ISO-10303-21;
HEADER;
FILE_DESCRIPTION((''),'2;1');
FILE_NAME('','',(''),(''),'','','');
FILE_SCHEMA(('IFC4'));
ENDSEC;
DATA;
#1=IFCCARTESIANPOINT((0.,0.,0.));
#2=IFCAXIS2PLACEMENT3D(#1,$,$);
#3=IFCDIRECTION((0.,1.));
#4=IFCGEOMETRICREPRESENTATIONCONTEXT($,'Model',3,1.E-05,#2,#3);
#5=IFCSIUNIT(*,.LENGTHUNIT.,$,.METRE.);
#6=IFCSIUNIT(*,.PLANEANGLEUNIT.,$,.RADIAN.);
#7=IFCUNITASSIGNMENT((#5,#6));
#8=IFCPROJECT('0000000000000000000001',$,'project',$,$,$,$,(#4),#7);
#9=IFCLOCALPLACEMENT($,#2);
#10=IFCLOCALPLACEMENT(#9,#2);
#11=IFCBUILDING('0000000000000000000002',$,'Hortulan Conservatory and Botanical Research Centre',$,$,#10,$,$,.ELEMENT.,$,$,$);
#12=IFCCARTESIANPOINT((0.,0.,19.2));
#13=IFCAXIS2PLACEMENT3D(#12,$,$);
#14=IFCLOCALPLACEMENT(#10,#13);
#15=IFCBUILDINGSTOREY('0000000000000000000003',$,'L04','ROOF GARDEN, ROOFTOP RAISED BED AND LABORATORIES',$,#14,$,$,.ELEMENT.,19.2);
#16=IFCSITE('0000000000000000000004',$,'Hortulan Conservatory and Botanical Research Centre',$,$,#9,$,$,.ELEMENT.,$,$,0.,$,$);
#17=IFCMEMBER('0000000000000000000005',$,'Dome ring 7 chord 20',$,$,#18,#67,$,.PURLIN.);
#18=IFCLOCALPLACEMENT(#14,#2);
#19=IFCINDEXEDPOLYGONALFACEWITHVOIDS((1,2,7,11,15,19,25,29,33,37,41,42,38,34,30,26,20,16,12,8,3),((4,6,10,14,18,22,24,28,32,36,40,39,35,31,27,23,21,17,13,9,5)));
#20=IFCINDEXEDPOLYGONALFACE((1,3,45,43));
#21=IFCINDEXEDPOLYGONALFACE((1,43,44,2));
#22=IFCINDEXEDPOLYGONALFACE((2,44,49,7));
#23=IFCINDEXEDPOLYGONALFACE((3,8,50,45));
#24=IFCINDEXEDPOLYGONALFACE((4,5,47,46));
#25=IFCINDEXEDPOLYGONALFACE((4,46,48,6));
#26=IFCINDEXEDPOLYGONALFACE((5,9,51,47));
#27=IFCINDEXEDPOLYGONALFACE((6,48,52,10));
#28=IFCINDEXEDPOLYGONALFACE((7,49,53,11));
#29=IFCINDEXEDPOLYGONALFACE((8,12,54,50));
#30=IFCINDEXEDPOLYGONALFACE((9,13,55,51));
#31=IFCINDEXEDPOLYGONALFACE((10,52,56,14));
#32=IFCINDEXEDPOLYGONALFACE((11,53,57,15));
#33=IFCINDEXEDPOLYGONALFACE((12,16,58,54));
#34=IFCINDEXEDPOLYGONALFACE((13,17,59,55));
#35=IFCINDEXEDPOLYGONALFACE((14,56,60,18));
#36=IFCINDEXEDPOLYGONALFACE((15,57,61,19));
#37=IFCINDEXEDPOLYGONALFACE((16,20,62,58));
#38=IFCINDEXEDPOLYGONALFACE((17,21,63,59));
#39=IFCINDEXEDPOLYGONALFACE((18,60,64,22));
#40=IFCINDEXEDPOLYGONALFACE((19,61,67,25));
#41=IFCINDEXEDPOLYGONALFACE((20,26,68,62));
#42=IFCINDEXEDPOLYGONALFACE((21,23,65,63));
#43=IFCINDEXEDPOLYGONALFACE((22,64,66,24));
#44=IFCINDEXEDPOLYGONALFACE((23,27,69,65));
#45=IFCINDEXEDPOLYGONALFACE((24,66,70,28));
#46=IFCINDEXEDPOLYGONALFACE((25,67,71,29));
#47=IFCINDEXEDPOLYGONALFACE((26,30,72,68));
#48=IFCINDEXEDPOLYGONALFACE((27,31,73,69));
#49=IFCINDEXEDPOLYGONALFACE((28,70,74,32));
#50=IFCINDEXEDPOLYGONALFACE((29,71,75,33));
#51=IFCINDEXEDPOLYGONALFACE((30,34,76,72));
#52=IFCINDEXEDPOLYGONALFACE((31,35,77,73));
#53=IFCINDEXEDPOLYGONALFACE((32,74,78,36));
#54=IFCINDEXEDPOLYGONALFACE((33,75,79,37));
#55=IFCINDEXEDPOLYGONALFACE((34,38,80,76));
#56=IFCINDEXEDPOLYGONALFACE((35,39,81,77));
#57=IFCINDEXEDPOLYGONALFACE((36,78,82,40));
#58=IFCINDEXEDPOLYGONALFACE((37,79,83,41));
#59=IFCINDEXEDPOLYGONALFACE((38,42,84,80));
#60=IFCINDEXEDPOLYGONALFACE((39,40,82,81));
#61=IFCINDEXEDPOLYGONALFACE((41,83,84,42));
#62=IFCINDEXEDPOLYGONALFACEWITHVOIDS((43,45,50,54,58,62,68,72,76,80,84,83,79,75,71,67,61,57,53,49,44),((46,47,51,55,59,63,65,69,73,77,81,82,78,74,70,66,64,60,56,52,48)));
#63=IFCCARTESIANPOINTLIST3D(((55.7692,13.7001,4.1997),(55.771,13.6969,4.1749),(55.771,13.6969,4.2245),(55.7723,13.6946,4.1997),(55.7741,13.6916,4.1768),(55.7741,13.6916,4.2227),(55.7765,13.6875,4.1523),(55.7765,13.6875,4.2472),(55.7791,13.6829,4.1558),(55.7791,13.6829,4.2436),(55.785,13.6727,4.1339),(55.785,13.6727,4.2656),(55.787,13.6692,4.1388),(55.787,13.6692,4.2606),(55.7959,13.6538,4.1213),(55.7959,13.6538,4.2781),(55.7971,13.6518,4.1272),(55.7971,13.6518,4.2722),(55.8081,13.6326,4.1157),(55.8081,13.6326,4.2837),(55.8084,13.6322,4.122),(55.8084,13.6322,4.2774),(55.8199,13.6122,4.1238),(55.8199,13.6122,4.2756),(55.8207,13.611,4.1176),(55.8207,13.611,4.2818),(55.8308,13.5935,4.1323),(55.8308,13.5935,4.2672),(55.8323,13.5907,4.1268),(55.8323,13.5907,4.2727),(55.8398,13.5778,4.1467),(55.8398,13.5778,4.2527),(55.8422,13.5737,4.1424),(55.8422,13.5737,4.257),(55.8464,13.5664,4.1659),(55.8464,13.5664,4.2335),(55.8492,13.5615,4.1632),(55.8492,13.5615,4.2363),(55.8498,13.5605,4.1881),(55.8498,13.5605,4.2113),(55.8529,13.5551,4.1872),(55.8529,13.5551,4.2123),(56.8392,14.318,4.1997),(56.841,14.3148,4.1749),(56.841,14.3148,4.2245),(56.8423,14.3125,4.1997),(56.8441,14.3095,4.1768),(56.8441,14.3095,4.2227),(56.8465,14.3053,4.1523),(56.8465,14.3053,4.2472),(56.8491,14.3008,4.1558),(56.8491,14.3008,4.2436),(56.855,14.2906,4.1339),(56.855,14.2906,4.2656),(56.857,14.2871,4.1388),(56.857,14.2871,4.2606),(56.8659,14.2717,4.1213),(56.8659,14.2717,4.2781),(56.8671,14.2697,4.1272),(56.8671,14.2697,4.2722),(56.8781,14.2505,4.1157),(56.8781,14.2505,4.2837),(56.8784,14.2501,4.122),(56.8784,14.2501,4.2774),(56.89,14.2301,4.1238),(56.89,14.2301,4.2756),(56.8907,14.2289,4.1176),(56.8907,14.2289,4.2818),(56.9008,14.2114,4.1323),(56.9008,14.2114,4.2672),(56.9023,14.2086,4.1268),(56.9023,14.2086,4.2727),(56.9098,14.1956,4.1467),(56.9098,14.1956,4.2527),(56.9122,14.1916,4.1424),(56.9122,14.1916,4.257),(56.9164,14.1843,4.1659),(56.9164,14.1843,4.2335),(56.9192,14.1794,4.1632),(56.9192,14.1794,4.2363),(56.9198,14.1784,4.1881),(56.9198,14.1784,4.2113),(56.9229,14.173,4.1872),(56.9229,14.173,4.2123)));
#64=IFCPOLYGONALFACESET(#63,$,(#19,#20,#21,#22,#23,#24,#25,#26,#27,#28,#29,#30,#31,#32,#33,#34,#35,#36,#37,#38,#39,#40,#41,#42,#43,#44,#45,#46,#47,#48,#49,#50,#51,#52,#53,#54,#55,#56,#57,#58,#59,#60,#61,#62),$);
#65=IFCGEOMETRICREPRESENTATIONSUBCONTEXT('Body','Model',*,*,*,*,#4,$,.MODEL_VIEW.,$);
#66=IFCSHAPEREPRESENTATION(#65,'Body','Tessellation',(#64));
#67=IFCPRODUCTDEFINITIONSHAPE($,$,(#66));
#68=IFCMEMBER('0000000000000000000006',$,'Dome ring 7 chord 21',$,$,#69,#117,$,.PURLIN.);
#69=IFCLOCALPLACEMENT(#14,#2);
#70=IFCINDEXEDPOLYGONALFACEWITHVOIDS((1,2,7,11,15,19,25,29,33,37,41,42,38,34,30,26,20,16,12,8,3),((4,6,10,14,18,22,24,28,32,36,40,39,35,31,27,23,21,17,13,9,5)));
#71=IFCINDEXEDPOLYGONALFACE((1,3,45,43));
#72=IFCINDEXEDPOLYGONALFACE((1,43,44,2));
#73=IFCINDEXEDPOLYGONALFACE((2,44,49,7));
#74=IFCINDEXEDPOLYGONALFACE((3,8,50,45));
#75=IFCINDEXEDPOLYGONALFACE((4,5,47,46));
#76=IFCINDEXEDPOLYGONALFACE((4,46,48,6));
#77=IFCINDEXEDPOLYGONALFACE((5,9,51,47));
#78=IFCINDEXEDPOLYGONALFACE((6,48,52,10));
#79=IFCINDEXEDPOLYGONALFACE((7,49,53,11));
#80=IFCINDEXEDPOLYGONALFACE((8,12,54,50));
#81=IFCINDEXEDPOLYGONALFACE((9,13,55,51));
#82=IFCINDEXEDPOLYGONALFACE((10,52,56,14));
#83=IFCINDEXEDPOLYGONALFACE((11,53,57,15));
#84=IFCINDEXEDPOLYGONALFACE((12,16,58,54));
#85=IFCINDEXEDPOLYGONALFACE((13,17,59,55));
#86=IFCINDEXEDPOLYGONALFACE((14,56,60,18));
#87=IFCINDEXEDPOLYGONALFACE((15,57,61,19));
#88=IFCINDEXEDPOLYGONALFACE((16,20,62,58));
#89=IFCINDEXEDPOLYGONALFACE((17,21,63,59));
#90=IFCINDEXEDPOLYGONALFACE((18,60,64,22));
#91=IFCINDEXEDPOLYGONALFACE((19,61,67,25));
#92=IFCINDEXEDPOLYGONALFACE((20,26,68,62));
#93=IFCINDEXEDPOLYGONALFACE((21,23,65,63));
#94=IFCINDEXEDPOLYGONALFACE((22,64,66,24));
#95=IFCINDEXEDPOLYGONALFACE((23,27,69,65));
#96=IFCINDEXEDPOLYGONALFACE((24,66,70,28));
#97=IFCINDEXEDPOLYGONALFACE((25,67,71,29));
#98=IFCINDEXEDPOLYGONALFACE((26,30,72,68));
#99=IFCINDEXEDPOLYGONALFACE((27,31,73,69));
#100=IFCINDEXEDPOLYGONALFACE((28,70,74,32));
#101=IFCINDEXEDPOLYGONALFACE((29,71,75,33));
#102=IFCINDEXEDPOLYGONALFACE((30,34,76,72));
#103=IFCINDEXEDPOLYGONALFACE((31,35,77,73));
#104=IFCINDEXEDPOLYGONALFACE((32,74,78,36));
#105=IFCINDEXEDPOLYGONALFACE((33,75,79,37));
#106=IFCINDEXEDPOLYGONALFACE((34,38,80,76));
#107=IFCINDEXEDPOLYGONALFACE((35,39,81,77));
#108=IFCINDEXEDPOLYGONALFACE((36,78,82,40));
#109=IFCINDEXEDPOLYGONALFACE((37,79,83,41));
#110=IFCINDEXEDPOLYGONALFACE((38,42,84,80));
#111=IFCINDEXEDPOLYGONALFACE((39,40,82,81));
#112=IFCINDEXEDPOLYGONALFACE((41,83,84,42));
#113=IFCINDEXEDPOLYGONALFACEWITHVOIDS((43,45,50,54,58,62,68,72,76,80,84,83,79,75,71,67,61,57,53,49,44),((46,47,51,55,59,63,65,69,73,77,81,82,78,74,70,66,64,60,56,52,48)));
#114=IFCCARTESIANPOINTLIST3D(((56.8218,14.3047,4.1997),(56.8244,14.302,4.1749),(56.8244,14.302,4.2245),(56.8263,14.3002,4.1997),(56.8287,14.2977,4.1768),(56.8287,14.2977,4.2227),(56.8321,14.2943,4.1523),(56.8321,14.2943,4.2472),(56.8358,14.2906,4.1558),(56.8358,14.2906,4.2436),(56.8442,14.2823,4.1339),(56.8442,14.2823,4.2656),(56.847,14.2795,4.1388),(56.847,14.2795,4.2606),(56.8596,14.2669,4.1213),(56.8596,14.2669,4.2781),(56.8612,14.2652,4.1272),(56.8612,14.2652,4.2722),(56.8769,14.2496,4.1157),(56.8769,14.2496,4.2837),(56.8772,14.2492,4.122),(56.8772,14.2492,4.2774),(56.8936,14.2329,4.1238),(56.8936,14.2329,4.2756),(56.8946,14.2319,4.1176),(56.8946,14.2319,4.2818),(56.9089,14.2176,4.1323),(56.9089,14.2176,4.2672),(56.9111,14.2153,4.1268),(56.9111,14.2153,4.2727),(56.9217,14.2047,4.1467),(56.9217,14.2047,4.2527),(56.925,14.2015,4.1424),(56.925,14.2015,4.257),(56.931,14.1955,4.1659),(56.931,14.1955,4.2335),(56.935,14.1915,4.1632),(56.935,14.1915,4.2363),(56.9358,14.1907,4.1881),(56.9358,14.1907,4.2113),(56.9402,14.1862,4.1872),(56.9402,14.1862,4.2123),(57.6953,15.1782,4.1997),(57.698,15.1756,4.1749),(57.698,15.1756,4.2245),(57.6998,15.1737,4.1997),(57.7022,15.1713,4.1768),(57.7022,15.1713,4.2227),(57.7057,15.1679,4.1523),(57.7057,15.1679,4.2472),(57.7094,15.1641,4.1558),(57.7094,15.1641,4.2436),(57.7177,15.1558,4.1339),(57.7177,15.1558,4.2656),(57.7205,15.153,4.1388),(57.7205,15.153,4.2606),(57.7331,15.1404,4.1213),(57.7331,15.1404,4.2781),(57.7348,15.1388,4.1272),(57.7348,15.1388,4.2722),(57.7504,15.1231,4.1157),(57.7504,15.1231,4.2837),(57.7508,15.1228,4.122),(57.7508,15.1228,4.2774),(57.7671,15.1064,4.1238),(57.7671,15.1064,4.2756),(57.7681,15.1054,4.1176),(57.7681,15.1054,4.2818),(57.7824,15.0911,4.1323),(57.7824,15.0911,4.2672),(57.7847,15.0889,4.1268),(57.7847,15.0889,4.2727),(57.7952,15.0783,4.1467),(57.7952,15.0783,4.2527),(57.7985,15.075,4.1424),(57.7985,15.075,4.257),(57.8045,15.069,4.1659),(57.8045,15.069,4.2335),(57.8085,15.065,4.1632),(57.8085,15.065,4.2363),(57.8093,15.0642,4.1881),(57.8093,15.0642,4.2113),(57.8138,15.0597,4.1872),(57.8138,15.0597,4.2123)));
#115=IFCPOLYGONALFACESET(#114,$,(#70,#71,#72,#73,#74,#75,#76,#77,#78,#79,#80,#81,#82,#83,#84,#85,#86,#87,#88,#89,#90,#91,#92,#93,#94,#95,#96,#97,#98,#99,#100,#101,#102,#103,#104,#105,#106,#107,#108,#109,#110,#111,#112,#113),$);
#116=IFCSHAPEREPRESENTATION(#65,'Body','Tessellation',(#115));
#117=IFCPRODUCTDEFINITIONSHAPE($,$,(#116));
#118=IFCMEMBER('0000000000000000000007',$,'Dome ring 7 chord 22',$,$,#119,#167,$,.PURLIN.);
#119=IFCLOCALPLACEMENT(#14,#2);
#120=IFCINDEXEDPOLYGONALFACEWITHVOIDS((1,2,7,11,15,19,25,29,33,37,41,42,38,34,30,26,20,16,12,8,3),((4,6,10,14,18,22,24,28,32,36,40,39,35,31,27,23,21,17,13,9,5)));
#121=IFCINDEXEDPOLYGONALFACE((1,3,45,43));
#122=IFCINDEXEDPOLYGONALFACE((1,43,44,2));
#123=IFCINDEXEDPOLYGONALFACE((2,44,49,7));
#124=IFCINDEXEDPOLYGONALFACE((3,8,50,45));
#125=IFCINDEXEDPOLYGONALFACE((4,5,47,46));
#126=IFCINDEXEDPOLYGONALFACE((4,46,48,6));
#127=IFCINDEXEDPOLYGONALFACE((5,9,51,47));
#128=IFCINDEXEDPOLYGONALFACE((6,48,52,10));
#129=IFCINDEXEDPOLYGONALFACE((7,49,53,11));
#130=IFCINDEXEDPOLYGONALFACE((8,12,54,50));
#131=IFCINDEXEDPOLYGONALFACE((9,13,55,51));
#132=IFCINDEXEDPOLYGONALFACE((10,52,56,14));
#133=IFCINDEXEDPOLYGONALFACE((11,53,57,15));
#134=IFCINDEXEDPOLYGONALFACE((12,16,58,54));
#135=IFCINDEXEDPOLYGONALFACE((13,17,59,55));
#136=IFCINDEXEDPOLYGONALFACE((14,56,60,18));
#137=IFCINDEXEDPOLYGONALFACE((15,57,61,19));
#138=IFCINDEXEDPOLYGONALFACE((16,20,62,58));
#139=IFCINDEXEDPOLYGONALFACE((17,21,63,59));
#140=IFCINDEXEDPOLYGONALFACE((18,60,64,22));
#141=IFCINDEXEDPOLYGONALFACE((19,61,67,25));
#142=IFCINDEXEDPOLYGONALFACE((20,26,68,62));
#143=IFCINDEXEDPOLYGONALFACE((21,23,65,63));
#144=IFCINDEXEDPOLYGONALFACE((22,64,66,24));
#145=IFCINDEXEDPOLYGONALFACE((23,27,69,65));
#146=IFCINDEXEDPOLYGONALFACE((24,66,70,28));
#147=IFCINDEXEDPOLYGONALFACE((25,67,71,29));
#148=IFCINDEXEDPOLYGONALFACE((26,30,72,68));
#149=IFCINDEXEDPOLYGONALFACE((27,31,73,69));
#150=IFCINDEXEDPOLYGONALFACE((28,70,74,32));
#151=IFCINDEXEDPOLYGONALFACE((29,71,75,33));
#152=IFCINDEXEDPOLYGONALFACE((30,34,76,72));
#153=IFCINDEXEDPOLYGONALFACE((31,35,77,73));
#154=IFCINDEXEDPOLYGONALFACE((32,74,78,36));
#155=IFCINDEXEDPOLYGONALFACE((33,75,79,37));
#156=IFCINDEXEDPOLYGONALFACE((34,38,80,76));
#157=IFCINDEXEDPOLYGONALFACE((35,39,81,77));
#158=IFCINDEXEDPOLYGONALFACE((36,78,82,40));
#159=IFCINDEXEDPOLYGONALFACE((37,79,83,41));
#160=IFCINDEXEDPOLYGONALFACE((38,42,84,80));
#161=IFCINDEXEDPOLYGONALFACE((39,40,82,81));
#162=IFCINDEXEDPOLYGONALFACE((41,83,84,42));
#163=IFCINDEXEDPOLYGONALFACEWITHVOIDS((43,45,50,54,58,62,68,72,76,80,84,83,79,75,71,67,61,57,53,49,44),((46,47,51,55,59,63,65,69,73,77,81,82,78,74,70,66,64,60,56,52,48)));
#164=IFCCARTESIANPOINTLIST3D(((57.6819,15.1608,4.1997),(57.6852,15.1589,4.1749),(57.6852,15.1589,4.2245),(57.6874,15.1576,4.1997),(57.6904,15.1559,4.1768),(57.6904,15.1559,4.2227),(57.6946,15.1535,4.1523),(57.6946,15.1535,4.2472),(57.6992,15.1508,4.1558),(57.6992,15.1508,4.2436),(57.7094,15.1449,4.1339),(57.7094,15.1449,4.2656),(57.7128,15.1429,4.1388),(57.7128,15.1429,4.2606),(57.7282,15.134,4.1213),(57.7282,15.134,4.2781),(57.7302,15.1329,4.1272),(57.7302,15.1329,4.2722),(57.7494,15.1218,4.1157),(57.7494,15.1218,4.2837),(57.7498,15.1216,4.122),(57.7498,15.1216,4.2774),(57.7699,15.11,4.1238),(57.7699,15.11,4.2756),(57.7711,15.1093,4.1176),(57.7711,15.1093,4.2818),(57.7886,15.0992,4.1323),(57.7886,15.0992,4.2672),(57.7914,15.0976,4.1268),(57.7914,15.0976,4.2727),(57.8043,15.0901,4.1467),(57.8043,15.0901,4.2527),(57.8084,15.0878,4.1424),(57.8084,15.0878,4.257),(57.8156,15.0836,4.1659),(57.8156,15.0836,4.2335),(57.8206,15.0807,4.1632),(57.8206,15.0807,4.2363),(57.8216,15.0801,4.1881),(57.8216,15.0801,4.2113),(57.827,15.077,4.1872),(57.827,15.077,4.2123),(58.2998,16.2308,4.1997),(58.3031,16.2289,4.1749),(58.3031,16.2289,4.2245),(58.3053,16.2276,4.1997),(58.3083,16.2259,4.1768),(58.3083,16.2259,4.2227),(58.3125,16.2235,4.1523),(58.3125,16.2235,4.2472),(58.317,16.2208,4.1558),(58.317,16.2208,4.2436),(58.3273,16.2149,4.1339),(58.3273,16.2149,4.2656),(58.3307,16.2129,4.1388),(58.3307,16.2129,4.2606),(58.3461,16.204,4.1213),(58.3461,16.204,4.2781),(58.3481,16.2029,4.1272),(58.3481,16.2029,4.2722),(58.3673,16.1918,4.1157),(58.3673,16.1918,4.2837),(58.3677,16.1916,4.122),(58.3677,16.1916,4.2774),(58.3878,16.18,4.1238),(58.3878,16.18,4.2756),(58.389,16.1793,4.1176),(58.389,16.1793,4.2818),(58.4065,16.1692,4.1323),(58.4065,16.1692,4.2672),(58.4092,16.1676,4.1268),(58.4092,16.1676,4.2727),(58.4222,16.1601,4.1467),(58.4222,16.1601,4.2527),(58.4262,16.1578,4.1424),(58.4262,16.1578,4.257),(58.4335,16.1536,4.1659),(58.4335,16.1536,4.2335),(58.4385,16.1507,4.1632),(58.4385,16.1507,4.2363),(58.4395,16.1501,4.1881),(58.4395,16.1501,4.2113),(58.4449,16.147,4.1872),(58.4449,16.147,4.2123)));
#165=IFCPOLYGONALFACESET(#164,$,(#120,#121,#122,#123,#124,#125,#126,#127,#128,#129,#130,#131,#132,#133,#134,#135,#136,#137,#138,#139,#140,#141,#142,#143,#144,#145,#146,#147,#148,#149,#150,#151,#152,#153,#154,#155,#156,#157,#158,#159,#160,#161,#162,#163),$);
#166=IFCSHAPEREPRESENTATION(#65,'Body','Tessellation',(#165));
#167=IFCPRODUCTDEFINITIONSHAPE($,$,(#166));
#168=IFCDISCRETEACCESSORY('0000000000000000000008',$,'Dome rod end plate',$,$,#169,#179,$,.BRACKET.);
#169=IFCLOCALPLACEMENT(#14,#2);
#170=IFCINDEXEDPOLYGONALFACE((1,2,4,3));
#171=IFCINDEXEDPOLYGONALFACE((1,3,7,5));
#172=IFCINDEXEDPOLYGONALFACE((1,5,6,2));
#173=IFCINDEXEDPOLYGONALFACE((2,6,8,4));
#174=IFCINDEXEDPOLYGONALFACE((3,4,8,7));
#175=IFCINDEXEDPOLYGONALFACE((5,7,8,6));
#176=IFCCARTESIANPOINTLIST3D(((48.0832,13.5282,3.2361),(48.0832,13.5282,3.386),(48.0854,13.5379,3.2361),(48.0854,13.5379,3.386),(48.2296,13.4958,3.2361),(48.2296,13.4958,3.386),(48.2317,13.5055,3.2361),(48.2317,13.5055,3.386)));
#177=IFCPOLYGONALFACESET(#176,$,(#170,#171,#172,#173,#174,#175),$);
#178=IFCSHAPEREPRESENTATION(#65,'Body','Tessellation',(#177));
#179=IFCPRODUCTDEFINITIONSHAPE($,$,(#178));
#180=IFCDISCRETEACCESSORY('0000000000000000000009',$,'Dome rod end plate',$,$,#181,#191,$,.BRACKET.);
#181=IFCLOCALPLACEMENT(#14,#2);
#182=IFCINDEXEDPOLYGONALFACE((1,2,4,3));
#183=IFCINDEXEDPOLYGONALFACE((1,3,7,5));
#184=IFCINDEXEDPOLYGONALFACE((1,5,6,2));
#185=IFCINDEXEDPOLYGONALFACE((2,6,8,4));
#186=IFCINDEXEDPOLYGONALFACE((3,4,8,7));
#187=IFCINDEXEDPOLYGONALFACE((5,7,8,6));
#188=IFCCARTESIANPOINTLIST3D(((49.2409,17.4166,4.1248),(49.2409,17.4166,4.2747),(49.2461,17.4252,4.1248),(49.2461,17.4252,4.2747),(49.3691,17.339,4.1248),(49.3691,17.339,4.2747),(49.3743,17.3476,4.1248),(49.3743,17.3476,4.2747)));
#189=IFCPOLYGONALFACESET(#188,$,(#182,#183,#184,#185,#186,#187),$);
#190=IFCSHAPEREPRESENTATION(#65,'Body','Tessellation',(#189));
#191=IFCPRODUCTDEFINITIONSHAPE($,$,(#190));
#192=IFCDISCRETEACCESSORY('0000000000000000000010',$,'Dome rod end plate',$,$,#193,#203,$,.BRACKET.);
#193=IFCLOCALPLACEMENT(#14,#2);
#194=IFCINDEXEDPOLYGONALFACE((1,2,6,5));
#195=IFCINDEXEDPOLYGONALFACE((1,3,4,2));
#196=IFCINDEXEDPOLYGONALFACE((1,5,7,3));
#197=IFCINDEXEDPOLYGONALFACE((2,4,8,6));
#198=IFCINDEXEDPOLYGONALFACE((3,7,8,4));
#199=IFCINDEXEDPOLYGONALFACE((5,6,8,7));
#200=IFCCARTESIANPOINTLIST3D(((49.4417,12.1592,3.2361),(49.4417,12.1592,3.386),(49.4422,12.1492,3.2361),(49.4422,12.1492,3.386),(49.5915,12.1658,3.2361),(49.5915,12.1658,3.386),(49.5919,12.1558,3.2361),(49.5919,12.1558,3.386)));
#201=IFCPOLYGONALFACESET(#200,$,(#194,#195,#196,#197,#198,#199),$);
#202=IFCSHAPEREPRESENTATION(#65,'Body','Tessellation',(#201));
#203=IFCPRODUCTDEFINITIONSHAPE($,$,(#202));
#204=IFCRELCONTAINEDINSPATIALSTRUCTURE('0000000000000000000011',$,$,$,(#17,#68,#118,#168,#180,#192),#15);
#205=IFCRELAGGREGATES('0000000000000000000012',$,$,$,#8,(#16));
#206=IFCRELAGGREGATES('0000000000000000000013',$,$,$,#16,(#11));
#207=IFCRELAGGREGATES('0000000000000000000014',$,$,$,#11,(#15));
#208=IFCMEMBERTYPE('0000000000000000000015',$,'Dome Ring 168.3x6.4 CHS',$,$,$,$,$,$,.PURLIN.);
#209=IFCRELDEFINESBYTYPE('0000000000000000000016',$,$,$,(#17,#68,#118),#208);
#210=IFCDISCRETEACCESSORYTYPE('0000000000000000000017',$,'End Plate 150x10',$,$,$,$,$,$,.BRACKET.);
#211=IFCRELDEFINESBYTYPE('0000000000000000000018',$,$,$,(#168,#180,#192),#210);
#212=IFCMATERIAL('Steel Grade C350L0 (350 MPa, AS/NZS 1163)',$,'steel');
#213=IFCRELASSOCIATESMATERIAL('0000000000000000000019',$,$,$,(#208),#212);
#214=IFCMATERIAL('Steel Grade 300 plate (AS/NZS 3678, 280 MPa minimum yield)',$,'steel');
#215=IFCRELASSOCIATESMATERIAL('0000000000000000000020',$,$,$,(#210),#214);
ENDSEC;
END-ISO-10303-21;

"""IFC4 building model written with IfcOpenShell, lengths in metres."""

from ifc_helpers import new_model, si_unit, direction, frame, origin, origin_2d, place, context, subcontext, project, spatial, rectangle, hollow_circle, extrude, material, material_profile, profile_set, type_object, element, save


model = new_model("IFC4")

# Units and contexts
model_context = context("Model", 3, precision=1e-05, world=origin(), true_north=direction((0.0, 1.0)))
body_context = subcontext(model_context, "Body", "Model", "MODEL_VIEW")
ifc_project = project(units=[si_unit("LENGTHUNIT", "METRE"), si_unit("PLANEANGLEUNIT", "RADIAN")], contexts=[model_context])

# Site, building, storey
site_placement = place(None, origin())
site = spatial("IfcSite", under=ifc_project, at=site_placement, Name="Hortulan Conservatory and Botanical Research Centre", CompositionType="ELEMENT", RefElevation=0.0)
building_placement = place(site_placement, origin())
building = spatial("IfcBuilding", under=site, at=building_placement, Name="Hortulan Conservatory and Botanical Research Centre", CompositionType="ELEMENT")
storey_placement = place(building_placement, frame((0.0, 0.0, 19.2)))
storey = spatial("IfcBuildingStorey", under=building, at=storey_placement, Name="L04", Description="ROOF GARDEN, ROOFTOP RAISED BED AND LABORATORIES", CompositionType="ELEMENT", Elevation=19.2)

# Shared definitions
ifc_material_1 = material(Name="Steel Grade C350L0 (350 MPa, AS/NZS 1163)", Category="steel")

# Members
ifc_material_profile_1 = material_profile(ifc_material_1, hollow_circle(Radius=0.0842, WallThickness=0.0063, at=origin_2d()), Name="168.3x6.4CHS")
ifc_profile_set_1 = profile_set([ifc_material_profile_1], Name="Steel Grade C350L0 (350 MPa, AS/NZS 1163)")
member_type_1 = type_object("IfcMemberType", Name="Dome Ring 168.3x6.4 CHS", PredefinedType="PURLIN", material=ifc_profile_set_1)
member_1_placement = place(storey_placement, frame((55.8113, 13.6272, 4.1997), z_axis=(0.865985, 0.50007, 0.0), x_axis=(-0.50007, 0.865985, 0.0)))
element("IfcMember", 1, at=member_1_placement, inside=storey, type_object=member_type_1, Name="Dome ring 7 chord 20", PredefinedType="PURLIN", context=body_context, shape_type="SweptSolid", body=[
    extrude(hollow_circle(Radius=0.0842, WallThickness=0.0063, at=origin_2d()), origin(), (0.0, 0.0, 1.0), 1.2356),
])
member_2_placement = place(storey_placement, frame((56.8813, 14.2451, 4.1997), z_axis=(0.707107, 0.707107, 0.0), x_axis=(-0.707107, 0.707107, 0.0)))
element("IfcMember", 2, at=member_2_placement, inside=storey, type_object=member_type_1, Name="Dome ring 7 chord 21", PredefinedType="PURLIN", context=body_context, shape_type="SweptSolid", body=[
    extrude(hollow_circle(Radius=0.0842, WallThickness=0.0063, at=origin_2d()), origin(), (0.0, 0.0, 1.0), 1.2354),
])
member_3_placement = place(storey_placement, frame((57.7549, 15.1187, 4.1997), z_axis=(0.50007, 0.865985, 0.0), x_axis=(-0.865985, 0.50007, 0.0)))
element("IfcMember", 3, at=member_3_placement, inside=storey, type_object=member_type_1, Name="Dome ring 7 chord 22", PredefinedType="PURLIN", context=body_context, shape_type="SweptSolid", body=[
    extrude(hollow_circle(Radius=0.0842, WallThickness=0.0063, at=origin_2d()), origin(), (0.0, 0.0, 1.0), 1.2356),
])

# Discrete accessories
ifc_material_2 = material(Name="Steel Grade 300 plate (AS/NZS 3678, 280 MPa minimum yield)", Category="steel")
discrete_accessory_type = type_object("IfcDiscreteAccessoryType", Name="End Plate 150x10", PredefinedType="BRACKET", material=ifc_material_2)
for number, where, z_axis, x_axis, name in (
    (4, (48.1575, 13.5168, 3.2361), (0.0, 0.0, 1.0), (0.976379, -0.216065, 0.0), "Dome rod end plate"),
    (5, (49.3076, 17.3821, 4.1248), (0.0, 0.0, 1.0), (0.855509, -0.517788, 0.0), "Dome rod end plate"),
    (6, (49.5168, 12.1575, 3.2361), (0.0, 0.0, 1.0), (0.999031, 0.044003, 0.0), "Dome rod end plate"),
):
    element("IfcDiscreteAccessory", number, at=place(storey_placement, frame(where, z_axis=z_axis, x_axis=x_axis)), inside=storey, type_object=discrete_accessory_type, Name=name, PredefinedType="BRACKET", context=body_context, shape_type="SweptSolid", body=[
        extrude(rectangle(XDim=0.1499, YDim=0.01, at=origin_2d()), origin(), (0.0, 0.0, 1.0), 0.1499),
    ])

save(model, "model.ifc")
